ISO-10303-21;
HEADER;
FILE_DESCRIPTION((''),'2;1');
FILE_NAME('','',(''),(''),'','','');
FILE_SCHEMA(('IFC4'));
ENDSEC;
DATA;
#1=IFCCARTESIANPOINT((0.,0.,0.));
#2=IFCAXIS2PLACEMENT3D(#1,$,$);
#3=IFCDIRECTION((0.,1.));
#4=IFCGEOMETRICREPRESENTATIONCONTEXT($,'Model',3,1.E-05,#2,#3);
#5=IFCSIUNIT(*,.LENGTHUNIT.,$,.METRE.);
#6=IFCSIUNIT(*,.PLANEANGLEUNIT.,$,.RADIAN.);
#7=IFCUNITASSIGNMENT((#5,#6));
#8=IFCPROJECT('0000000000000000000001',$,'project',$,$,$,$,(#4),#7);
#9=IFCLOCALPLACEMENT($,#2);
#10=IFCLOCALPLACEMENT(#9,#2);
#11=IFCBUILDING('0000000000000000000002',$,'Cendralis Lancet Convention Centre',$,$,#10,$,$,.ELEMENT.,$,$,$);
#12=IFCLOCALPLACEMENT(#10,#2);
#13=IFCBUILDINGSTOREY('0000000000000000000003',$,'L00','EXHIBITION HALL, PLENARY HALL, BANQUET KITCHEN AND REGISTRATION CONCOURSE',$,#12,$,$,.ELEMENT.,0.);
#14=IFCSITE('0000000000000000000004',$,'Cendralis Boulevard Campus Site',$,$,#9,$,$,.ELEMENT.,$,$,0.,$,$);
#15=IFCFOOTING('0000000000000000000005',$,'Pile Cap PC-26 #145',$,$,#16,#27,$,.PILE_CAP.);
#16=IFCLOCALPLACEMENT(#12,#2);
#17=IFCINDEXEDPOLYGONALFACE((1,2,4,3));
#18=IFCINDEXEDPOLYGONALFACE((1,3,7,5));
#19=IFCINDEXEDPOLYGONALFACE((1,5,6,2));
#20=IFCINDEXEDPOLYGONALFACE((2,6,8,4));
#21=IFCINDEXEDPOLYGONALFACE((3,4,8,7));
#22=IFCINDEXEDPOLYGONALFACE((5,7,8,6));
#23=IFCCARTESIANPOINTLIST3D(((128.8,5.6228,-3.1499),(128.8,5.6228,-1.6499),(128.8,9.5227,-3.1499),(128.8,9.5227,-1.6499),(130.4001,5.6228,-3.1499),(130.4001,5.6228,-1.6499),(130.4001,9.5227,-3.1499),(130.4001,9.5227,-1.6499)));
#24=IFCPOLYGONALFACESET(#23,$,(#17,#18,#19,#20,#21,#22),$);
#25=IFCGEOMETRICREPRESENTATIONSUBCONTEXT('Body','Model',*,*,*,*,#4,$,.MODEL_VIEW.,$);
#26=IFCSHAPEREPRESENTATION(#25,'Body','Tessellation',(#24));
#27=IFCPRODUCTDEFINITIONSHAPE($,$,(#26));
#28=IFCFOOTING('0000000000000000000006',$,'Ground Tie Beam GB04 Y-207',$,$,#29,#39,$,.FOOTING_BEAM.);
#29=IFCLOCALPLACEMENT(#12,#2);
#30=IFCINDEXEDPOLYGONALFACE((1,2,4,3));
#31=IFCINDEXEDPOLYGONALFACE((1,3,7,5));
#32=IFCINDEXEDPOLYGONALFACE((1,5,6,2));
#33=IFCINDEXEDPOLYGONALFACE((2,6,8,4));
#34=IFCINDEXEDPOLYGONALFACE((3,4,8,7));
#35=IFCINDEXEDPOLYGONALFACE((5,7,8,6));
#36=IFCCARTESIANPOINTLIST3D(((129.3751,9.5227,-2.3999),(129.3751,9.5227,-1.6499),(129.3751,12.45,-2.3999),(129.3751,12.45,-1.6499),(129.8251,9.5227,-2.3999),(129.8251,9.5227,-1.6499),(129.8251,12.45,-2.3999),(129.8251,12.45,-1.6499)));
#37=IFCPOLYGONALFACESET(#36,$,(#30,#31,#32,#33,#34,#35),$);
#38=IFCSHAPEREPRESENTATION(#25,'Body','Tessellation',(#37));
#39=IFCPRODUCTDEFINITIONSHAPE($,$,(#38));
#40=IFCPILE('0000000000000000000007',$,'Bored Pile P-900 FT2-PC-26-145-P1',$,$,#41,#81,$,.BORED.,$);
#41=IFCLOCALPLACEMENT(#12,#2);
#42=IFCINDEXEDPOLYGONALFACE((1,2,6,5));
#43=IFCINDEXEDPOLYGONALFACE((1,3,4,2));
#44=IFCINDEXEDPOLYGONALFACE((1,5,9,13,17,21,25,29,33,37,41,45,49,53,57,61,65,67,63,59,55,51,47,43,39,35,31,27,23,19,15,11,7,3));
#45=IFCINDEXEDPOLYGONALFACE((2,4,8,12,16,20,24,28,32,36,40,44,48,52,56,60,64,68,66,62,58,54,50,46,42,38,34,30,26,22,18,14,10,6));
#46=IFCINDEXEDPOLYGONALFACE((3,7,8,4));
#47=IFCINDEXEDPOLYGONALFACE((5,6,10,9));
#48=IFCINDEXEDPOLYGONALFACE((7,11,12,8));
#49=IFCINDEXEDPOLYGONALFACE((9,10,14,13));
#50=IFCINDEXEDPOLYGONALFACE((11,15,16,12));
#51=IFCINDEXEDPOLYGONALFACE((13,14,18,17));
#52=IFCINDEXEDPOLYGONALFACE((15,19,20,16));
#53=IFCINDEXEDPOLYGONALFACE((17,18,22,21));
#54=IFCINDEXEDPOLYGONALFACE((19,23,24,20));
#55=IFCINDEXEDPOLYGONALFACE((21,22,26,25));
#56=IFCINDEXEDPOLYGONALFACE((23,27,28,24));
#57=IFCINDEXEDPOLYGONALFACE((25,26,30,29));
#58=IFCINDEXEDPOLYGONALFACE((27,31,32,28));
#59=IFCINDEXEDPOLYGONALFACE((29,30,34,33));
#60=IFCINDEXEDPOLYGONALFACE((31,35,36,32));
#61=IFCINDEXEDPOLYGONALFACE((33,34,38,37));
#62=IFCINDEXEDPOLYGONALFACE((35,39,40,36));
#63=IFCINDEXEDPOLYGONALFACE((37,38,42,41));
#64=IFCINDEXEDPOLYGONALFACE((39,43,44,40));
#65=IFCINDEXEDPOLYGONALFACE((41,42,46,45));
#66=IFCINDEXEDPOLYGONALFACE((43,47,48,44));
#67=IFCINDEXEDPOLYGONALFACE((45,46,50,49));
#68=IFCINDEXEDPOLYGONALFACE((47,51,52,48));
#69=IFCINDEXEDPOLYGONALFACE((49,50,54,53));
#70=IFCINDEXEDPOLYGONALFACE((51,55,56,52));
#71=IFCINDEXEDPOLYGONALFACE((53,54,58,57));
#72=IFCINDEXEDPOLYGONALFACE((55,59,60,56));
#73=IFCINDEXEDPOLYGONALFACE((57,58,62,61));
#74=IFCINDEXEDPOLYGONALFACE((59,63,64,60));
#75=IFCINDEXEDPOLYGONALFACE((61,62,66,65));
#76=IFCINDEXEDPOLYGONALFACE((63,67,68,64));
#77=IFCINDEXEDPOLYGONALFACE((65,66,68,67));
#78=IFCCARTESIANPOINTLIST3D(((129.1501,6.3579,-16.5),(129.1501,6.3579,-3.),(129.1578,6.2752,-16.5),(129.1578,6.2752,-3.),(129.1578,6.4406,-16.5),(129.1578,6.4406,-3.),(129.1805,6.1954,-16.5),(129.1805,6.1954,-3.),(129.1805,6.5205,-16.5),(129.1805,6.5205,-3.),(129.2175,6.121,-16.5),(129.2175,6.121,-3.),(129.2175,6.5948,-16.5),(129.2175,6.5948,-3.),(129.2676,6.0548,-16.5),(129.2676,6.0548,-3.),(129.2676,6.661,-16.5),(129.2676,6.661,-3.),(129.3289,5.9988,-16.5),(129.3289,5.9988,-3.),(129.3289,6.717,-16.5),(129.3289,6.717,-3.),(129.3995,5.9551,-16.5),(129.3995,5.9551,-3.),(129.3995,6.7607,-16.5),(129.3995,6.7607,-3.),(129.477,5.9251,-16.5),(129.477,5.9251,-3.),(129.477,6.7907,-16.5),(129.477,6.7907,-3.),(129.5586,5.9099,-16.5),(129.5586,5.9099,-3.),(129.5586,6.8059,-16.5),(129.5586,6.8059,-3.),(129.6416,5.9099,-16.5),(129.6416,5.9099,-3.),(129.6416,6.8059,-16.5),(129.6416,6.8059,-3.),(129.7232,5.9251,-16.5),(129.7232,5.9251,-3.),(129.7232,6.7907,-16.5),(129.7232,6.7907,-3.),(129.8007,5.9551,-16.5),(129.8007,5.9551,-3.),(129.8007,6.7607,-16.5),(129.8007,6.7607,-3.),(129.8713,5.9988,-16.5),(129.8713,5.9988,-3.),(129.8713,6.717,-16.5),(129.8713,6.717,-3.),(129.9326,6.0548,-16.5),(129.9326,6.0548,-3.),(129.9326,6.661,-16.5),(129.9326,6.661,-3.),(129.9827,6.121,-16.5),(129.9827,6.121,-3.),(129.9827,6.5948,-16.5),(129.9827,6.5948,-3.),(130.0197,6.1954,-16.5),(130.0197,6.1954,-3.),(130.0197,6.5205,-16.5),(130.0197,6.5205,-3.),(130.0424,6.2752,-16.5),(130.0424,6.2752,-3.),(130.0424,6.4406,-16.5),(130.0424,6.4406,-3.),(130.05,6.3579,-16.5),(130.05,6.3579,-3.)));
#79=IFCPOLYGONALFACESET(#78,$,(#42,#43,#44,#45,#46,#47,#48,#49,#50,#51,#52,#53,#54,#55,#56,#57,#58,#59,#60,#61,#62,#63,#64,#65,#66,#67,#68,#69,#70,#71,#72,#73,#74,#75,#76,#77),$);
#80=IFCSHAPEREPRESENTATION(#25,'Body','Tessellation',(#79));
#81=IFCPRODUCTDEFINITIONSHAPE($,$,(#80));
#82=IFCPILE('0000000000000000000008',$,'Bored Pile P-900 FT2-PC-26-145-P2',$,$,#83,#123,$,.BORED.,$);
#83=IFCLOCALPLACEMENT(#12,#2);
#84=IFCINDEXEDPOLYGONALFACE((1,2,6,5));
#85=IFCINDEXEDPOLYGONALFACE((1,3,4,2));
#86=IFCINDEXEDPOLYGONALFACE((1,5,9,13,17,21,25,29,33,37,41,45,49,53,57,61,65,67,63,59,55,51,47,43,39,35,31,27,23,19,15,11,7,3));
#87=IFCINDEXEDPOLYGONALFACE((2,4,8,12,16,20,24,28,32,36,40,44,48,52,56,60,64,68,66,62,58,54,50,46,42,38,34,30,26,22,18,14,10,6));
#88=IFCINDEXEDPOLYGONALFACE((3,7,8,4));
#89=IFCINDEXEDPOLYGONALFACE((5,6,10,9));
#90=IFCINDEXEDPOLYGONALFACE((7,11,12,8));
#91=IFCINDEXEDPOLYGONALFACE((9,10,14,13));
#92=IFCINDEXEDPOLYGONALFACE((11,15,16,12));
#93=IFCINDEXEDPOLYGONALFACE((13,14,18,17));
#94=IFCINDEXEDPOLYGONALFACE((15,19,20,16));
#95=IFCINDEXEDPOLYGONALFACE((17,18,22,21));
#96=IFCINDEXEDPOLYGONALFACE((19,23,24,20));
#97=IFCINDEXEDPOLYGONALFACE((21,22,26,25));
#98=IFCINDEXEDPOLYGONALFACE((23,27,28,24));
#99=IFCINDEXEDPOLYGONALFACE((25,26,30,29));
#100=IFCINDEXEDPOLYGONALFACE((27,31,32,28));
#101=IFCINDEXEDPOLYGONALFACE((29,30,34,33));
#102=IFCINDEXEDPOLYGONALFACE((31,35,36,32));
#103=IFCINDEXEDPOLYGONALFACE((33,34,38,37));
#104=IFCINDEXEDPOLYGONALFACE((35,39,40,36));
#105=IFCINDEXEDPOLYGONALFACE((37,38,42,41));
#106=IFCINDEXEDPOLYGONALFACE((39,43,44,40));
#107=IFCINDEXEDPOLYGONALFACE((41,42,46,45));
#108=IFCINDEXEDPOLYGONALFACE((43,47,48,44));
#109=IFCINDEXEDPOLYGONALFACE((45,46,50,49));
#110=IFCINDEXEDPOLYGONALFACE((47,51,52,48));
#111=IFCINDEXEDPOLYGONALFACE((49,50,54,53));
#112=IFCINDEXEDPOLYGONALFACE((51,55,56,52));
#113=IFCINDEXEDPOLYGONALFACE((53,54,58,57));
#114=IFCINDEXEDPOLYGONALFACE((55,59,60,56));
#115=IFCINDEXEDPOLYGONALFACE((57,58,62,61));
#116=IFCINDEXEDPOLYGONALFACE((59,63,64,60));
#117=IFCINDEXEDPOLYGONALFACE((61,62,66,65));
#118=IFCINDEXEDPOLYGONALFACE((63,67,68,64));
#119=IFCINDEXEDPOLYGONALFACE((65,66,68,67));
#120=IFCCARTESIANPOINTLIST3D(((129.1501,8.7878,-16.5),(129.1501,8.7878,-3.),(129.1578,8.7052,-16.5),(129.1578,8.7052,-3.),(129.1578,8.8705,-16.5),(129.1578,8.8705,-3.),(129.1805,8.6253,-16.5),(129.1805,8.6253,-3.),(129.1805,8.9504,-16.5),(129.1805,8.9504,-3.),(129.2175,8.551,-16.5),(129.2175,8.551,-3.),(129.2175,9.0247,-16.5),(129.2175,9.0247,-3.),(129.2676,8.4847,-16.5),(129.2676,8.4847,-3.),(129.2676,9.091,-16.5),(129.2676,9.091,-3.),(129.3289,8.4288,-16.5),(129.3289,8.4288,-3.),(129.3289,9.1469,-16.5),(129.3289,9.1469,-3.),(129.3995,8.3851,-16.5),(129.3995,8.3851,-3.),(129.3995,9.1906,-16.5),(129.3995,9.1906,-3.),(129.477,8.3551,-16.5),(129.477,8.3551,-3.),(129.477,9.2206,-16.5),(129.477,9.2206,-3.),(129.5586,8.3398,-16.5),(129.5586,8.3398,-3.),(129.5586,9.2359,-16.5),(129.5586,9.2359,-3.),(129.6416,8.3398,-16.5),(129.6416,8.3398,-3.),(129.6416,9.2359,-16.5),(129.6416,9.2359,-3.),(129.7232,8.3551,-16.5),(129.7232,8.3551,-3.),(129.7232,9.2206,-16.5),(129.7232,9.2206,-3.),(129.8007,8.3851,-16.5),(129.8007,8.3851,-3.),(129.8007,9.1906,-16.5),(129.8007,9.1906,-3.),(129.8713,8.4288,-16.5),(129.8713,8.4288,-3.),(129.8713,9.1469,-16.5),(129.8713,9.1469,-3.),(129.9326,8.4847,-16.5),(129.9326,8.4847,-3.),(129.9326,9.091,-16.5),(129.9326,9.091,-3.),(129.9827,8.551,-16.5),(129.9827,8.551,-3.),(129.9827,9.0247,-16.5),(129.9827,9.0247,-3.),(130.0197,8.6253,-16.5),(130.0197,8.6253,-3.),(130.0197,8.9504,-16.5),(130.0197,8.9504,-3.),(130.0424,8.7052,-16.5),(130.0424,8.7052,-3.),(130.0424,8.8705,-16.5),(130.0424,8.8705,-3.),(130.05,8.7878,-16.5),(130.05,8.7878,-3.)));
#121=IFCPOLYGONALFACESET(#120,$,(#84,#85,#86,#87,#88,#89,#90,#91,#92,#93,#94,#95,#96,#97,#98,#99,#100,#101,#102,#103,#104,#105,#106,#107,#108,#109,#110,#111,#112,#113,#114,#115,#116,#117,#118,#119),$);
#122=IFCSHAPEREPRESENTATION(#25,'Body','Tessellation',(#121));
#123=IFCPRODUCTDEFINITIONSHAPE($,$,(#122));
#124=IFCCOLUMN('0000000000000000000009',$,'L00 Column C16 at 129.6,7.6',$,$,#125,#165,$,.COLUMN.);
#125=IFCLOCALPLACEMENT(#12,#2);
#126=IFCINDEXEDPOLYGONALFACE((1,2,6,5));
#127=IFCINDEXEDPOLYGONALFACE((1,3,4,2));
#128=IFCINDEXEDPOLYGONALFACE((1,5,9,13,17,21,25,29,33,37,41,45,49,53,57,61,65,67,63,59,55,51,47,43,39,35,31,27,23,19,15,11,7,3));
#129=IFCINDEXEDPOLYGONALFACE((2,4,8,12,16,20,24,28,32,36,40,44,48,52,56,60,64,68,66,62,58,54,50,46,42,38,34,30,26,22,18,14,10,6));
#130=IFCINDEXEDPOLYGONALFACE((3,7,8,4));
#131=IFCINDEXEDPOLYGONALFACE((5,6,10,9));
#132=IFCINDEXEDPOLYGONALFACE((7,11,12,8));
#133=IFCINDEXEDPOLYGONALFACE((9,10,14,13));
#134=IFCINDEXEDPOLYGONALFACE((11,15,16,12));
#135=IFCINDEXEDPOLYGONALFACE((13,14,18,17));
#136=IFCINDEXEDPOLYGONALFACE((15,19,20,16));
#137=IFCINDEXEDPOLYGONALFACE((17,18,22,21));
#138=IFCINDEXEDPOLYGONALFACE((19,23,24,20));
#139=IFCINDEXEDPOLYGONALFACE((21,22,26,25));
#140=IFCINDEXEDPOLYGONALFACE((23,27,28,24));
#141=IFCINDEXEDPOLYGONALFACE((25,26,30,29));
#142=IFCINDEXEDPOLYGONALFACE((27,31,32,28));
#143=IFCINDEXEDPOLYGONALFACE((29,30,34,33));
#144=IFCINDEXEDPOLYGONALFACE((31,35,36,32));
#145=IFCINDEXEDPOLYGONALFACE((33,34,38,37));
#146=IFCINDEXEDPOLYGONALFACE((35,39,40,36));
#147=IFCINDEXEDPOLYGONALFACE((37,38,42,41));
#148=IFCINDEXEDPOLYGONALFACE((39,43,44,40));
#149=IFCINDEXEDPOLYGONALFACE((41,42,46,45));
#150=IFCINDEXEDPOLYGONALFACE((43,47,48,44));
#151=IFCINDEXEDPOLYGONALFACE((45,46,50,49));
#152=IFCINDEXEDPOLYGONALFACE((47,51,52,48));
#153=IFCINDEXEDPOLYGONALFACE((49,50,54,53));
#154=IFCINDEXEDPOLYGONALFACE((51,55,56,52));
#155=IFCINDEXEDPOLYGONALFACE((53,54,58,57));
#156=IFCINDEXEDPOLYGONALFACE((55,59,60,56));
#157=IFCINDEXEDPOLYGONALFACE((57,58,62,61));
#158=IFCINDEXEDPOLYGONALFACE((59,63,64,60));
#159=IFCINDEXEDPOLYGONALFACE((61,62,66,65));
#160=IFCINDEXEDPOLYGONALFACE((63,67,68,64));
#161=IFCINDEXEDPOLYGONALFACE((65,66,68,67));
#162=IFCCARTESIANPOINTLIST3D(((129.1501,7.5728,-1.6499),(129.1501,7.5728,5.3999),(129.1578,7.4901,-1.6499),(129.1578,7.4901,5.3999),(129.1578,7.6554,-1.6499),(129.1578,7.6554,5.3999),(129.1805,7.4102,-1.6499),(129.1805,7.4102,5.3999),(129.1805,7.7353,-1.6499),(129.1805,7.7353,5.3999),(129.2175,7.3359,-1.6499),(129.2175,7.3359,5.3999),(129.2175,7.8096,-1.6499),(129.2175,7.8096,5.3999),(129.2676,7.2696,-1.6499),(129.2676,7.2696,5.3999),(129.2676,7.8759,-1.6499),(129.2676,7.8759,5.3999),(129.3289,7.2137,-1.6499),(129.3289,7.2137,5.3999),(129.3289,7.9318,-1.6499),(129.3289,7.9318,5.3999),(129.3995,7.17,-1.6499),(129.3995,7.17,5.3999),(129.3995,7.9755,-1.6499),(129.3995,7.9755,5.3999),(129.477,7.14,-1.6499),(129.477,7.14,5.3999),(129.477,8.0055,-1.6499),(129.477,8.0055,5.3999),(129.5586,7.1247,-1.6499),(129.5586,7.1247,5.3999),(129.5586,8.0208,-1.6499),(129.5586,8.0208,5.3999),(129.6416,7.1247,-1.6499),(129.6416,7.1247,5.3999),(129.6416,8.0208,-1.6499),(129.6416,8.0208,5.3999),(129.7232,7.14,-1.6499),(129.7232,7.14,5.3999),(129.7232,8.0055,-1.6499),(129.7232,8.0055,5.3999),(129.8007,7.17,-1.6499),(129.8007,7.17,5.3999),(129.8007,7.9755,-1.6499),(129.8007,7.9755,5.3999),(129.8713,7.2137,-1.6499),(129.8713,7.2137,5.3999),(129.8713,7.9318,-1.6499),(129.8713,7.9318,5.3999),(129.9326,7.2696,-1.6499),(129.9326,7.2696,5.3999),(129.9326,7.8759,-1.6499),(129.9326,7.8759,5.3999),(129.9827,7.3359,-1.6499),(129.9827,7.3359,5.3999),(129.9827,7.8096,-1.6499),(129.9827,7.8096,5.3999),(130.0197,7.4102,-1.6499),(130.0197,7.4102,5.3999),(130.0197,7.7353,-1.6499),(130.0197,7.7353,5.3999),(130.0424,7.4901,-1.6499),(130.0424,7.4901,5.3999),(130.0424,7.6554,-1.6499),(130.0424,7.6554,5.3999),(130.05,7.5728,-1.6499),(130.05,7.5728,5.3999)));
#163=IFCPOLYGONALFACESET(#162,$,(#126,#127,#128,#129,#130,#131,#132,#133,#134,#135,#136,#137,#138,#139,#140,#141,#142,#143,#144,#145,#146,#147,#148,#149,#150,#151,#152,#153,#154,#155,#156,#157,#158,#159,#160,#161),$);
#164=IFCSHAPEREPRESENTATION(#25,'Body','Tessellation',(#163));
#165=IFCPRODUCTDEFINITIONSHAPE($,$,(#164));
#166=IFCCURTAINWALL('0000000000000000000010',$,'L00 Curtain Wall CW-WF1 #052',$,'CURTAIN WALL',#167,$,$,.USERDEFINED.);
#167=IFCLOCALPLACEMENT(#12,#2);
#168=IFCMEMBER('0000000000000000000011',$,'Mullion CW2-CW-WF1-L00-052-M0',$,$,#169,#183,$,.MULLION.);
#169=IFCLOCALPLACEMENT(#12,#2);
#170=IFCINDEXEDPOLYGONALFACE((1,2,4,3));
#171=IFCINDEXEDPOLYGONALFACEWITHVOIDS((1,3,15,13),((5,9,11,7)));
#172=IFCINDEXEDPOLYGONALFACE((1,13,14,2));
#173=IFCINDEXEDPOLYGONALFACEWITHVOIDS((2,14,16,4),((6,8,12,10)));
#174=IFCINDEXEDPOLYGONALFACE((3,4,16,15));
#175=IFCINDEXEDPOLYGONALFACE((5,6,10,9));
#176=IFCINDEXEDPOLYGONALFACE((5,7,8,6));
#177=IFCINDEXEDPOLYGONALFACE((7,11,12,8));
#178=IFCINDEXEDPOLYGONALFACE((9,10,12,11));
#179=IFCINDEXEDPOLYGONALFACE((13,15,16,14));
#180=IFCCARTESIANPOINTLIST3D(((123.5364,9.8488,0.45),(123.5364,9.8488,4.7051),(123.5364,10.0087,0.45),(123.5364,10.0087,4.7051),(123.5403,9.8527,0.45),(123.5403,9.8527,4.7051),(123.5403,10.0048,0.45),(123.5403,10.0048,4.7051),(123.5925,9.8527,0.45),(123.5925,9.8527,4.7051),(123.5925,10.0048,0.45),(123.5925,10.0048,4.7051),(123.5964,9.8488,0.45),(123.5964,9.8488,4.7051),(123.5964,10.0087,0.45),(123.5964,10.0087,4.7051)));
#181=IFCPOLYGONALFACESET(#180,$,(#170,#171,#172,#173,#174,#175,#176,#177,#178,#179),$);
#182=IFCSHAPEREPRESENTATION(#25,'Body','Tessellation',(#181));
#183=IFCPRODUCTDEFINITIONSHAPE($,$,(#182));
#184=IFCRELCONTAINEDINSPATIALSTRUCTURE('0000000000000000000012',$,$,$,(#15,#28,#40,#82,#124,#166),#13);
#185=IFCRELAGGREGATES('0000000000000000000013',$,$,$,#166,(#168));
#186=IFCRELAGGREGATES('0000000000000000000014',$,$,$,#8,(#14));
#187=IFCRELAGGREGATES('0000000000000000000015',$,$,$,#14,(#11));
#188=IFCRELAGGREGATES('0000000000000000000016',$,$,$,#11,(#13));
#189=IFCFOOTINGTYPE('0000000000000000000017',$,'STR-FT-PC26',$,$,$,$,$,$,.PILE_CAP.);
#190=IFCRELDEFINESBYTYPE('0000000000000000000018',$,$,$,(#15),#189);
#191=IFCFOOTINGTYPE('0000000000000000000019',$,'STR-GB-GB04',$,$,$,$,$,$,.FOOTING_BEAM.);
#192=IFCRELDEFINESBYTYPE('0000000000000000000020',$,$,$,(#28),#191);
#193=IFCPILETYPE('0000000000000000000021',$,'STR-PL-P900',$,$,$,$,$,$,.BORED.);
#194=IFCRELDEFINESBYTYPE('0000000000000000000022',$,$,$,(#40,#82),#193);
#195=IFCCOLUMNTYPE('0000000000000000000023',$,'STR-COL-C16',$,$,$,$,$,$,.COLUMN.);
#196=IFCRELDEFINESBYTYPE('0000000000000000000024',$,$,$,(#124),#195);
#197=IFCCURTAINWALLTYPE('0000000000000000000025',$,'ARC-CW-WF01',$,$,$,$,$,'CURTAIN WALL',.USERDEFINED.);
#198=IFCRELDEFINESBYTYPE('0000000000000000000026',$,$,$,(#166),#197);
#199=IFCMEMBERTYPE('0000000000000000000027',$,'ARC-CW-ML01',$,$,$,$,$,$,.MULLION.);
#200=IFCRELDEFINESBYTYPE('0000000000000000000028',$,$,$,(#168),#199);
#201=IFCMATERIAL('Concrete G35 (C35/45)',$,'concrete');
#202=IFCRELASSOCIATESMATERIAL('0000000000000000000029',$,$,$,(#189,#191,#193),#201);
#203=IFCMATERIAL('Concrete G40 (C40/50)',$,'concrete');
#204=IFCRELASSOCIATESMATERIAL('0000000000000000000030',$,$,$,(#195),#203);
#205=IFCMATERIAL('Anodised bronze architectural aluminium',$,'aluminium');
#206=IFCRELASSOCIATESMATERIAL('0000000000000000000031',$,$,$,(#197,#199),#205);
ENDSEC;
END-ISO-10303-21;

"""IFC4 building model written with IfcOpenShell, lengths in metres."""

from ifc_helpers import new_model, si_unit, direction, frame, origin, origin_2d, place, context, subcontext, project, spatial, rectangle, hollow_rectangle, circle, extrude, material, material_profile, profile_set, type_object, element, aggregate, save


model = new_model("IFC4")

# Units and contexts
model_context = context("Model", 3, precision=1e-05, world=origin(), true_north=direction((0.0, 1.0)))
body_context = subcontext(model_context, "Body", "Model", "MODEL_VIEW")
ifc_project = project(units=[si_unit("LENGTHUNIT", "METRE"), si_unit("PLANEANGLEUNIT", "RADIAN")], contexts=[model_context])

# Site, building, storey
site_placement = place(None, origin())
site = spatial("IfcSite", under=ifc_project, at=site_placement, Name="Cendralis Boulevard Campus Site", CompositionType="ELEMENT", RefElevation=0.0)
building_placement = place(site_placement, origin())
building = spatial("IfcBuilding", under=site, at=building_placement, Name="Cendralis Lancet Convention Centre", CompositionType="ELEMENT")
storey_placement = place(building_placement, origin())
storey = spatial("IfcBuildingStorey", under=building, at=storey_placement, Name="L00", Description="EXHIBITION HALL, PLENARY HALL, BANQUET KITCHEN AND REGISTRATION CONCOURSE", CompositionType="ELEMENT", Elevation=0.0)

# Footings
ifc_material_1 = material(Name="Concrete G35 (C35/45)", Category="concrete")
footing_type_1 = type_object("IfcFootingType", Name="STR-FT-PC26", PredefinedType="PILE_CAP", material=ifc_material_1)
footing_1_placement = place(storey_placement, frame((129.6001, 7.5728, -3.1499), z_axis=(0.0, 0.0, 1.0), x_axis=(1.0, 0.0, 0.0)))
element("IfcFooting", 1, at=footing_1_placement, inside=storey, type_object=footing_type_1, Name="Pile Cap PC-26 #145", PredefinedType="PILE_CAP", context=body_context, shape_type="SweptSolid", body=[
    extrude(rectangle(XDim=1.6001, YDim=3.8999, at=origin_2d()), origin(), (0.0, 0.0, 1.0), 1.5),
])
ifc_material_profile_1 = material_profile(ifc_material_1, rectangle(XDim=0.45, YDim=0.75, at=origin_2d()), Name="RCB 450x750")
ifc_profile_set_1 = profile_set([ifc_material_profile_1], Name="Concrete G35 (C35/45)")
footing_type_2 = type_object("IfcFootingType", Name="STR-GB-GB04", PredefinedType="FOOTING_BEAM", material=ifc_profile_set_1)
footing_2_placement = place(storey_placement, frame((129.6001, 9.5227, -2.0249), z_axis=(0.0, 1.0, 0.0), x_axis=(-1.0, 0.0, 0.0)))
element("IfcFooting", 2, at=footing_2_placement, inside=storey, type_object=footing_type_2, Name="Ground Tie Beam GB04 Y-207", PredefinedType="FOOTING_BEAM", context=body_context, shape_type="SweptSolid", body=[
    extrude(rectangle(XDim=0.45, YDim=0.75, at=origin_2d()), origin(), (0.0, 0.0, 1.0), 2.9272),
])

# Piles
ifc_material_profile_2 = material_profile(ifc_material_1, circle(Radius=0.45, at=origin_2d()), Name="BORED PILE D900")
ifc_profile_set_2 = profile_set([ifc_material_profile_2], Name="Concrete G35 (C35/45)")
pile_type = type_object("IfcPileType", Name="STR-PL-P900", PredefinedType="BORED", material=ifc_profile_set_2)
for number, where, z_axis, x_axis, name in (
    (3, (129.6001, 6.3579, -3.0), (0.0, 0.0, -1.0), (1.0, 0.0, 0.0), "Bored Pile P-900 FT2-PC-26-145-P1"),
    (4, (129.6001, 8.7878, -3.0), (0.0, 0.0, -1.0), (1.0, 0.0, 0.0), "Bored Pile P-900 FT2-PC-26-145-P2"),
):
    element("IfcPile", number, at=place(storey_placement, frame(where, z_axis=z_axis, x_axis=x_axis)), inside=storey, type_object=pile_type, Name=name, PredefinedType="BORED", context=body_context, shape_type="SweptSolid", body=[
        extrude(circle(Radius=0.45, at=origin_2d()), origin(), (0.0, 0.0, 1.0), 13.5),
    ])

# Column
ifc_material_2 = material(Name="Concrete G40 (C40/50)", Category="concrete")
ifc_material_profile_3 = material_profile(ifc_material_2, circle(Radius=0.45, at=origin_2d()), Name="RC D900")
ifc_profile_set_3 = profile_set([ifc_material_profile_3], Name="Concrete G40 (C40/50)")
column_type = type_object("IfcColumnType", Name="STR-COL-C16", PredefinedType="COLUMN", material=ifc_profile_set_3)
column_placement = place(storey_placement, frame((129.6001, 7.5728, -1.6499), z_axis=(0.0, 0.0, 1.0), x_axis=(1.0, 0.0, 0.0)))
element("IfcColumn", 5, at=column_placement, inside=storey, type_object=column_type, Name="L00 Column C16 at 129.6,7.6", PredefinedType="COLUMN", context=body_context, shape_type="SweptSolid", body=[
    extrude(circle(Radius=0.45, at=origin_2d()), origin(), (0.0, 0.0, 1.0), 7.0498),
])

# Curtain wall, member
ifc_material_3 = material(Name="Anodised bronze architectural aluminium", Category="aluminium")
curtain_wall_type = type_object("IfcCurtainWallType", Name="ARC-CW-WF01", ElementType="CURTAIN WALL", PredefinedType="USERDEFINED", material=ifc_material_3)
curtain_wall_1_placement = place(storey_placement, origin())
curtain_wall_1 = element("IfcCurtainWall", 6, at=curtain_wall_1_placement, inside=storey, type_object=curtain_wall_type, Name="L00 Curtain Wall CW-WF1 #052", ObjectType="CURTAIN WALL", PredefinedType="USERDEFINED")
ifc_material_profile_4 = material_profile(ifc_material_3, hollow_rectangle(XDim=0.0601, YDim=0.1599, WallThickness=0.0039, at=origin_2d()), Name="AL-MULL 60x160x4.0")
ifc_profile_set_4 = profile_set([ifc_material_profile_4], Name="Anodised bronze architectural aluminium")
member_type_1 = type_object("IfcMemberType", Name="ARC-CW-ML01", PredefinedType="MULLION", material=ifc_profile_set_4)
member_1_placement = place(storey_placement, frame((123.5664, 9.9287, 0.45), z_axis=(0.0, 0.0, 1.0), x_axis=(1.0, 0.0, 0.0)))
member_1 = element("IfcMember", 7, at=member_1_placement, type_object=member_type_1, Name="Mullion CW2-CW-WF1-L00-052-M0", PredefinedType="MULLION", context=body_context, shape_type="SweptSolid", body=[
    extrude(hollow_rectangle(XDim=0.0601, YDim=0.1599, WallThickness=0.0039, at=origin_2d()), origin(), (0.0, 0.0, 1.0), 4.2551),
])

aggregate(curtain_wall_1, [member_1])

save(model, "model.ifc")
